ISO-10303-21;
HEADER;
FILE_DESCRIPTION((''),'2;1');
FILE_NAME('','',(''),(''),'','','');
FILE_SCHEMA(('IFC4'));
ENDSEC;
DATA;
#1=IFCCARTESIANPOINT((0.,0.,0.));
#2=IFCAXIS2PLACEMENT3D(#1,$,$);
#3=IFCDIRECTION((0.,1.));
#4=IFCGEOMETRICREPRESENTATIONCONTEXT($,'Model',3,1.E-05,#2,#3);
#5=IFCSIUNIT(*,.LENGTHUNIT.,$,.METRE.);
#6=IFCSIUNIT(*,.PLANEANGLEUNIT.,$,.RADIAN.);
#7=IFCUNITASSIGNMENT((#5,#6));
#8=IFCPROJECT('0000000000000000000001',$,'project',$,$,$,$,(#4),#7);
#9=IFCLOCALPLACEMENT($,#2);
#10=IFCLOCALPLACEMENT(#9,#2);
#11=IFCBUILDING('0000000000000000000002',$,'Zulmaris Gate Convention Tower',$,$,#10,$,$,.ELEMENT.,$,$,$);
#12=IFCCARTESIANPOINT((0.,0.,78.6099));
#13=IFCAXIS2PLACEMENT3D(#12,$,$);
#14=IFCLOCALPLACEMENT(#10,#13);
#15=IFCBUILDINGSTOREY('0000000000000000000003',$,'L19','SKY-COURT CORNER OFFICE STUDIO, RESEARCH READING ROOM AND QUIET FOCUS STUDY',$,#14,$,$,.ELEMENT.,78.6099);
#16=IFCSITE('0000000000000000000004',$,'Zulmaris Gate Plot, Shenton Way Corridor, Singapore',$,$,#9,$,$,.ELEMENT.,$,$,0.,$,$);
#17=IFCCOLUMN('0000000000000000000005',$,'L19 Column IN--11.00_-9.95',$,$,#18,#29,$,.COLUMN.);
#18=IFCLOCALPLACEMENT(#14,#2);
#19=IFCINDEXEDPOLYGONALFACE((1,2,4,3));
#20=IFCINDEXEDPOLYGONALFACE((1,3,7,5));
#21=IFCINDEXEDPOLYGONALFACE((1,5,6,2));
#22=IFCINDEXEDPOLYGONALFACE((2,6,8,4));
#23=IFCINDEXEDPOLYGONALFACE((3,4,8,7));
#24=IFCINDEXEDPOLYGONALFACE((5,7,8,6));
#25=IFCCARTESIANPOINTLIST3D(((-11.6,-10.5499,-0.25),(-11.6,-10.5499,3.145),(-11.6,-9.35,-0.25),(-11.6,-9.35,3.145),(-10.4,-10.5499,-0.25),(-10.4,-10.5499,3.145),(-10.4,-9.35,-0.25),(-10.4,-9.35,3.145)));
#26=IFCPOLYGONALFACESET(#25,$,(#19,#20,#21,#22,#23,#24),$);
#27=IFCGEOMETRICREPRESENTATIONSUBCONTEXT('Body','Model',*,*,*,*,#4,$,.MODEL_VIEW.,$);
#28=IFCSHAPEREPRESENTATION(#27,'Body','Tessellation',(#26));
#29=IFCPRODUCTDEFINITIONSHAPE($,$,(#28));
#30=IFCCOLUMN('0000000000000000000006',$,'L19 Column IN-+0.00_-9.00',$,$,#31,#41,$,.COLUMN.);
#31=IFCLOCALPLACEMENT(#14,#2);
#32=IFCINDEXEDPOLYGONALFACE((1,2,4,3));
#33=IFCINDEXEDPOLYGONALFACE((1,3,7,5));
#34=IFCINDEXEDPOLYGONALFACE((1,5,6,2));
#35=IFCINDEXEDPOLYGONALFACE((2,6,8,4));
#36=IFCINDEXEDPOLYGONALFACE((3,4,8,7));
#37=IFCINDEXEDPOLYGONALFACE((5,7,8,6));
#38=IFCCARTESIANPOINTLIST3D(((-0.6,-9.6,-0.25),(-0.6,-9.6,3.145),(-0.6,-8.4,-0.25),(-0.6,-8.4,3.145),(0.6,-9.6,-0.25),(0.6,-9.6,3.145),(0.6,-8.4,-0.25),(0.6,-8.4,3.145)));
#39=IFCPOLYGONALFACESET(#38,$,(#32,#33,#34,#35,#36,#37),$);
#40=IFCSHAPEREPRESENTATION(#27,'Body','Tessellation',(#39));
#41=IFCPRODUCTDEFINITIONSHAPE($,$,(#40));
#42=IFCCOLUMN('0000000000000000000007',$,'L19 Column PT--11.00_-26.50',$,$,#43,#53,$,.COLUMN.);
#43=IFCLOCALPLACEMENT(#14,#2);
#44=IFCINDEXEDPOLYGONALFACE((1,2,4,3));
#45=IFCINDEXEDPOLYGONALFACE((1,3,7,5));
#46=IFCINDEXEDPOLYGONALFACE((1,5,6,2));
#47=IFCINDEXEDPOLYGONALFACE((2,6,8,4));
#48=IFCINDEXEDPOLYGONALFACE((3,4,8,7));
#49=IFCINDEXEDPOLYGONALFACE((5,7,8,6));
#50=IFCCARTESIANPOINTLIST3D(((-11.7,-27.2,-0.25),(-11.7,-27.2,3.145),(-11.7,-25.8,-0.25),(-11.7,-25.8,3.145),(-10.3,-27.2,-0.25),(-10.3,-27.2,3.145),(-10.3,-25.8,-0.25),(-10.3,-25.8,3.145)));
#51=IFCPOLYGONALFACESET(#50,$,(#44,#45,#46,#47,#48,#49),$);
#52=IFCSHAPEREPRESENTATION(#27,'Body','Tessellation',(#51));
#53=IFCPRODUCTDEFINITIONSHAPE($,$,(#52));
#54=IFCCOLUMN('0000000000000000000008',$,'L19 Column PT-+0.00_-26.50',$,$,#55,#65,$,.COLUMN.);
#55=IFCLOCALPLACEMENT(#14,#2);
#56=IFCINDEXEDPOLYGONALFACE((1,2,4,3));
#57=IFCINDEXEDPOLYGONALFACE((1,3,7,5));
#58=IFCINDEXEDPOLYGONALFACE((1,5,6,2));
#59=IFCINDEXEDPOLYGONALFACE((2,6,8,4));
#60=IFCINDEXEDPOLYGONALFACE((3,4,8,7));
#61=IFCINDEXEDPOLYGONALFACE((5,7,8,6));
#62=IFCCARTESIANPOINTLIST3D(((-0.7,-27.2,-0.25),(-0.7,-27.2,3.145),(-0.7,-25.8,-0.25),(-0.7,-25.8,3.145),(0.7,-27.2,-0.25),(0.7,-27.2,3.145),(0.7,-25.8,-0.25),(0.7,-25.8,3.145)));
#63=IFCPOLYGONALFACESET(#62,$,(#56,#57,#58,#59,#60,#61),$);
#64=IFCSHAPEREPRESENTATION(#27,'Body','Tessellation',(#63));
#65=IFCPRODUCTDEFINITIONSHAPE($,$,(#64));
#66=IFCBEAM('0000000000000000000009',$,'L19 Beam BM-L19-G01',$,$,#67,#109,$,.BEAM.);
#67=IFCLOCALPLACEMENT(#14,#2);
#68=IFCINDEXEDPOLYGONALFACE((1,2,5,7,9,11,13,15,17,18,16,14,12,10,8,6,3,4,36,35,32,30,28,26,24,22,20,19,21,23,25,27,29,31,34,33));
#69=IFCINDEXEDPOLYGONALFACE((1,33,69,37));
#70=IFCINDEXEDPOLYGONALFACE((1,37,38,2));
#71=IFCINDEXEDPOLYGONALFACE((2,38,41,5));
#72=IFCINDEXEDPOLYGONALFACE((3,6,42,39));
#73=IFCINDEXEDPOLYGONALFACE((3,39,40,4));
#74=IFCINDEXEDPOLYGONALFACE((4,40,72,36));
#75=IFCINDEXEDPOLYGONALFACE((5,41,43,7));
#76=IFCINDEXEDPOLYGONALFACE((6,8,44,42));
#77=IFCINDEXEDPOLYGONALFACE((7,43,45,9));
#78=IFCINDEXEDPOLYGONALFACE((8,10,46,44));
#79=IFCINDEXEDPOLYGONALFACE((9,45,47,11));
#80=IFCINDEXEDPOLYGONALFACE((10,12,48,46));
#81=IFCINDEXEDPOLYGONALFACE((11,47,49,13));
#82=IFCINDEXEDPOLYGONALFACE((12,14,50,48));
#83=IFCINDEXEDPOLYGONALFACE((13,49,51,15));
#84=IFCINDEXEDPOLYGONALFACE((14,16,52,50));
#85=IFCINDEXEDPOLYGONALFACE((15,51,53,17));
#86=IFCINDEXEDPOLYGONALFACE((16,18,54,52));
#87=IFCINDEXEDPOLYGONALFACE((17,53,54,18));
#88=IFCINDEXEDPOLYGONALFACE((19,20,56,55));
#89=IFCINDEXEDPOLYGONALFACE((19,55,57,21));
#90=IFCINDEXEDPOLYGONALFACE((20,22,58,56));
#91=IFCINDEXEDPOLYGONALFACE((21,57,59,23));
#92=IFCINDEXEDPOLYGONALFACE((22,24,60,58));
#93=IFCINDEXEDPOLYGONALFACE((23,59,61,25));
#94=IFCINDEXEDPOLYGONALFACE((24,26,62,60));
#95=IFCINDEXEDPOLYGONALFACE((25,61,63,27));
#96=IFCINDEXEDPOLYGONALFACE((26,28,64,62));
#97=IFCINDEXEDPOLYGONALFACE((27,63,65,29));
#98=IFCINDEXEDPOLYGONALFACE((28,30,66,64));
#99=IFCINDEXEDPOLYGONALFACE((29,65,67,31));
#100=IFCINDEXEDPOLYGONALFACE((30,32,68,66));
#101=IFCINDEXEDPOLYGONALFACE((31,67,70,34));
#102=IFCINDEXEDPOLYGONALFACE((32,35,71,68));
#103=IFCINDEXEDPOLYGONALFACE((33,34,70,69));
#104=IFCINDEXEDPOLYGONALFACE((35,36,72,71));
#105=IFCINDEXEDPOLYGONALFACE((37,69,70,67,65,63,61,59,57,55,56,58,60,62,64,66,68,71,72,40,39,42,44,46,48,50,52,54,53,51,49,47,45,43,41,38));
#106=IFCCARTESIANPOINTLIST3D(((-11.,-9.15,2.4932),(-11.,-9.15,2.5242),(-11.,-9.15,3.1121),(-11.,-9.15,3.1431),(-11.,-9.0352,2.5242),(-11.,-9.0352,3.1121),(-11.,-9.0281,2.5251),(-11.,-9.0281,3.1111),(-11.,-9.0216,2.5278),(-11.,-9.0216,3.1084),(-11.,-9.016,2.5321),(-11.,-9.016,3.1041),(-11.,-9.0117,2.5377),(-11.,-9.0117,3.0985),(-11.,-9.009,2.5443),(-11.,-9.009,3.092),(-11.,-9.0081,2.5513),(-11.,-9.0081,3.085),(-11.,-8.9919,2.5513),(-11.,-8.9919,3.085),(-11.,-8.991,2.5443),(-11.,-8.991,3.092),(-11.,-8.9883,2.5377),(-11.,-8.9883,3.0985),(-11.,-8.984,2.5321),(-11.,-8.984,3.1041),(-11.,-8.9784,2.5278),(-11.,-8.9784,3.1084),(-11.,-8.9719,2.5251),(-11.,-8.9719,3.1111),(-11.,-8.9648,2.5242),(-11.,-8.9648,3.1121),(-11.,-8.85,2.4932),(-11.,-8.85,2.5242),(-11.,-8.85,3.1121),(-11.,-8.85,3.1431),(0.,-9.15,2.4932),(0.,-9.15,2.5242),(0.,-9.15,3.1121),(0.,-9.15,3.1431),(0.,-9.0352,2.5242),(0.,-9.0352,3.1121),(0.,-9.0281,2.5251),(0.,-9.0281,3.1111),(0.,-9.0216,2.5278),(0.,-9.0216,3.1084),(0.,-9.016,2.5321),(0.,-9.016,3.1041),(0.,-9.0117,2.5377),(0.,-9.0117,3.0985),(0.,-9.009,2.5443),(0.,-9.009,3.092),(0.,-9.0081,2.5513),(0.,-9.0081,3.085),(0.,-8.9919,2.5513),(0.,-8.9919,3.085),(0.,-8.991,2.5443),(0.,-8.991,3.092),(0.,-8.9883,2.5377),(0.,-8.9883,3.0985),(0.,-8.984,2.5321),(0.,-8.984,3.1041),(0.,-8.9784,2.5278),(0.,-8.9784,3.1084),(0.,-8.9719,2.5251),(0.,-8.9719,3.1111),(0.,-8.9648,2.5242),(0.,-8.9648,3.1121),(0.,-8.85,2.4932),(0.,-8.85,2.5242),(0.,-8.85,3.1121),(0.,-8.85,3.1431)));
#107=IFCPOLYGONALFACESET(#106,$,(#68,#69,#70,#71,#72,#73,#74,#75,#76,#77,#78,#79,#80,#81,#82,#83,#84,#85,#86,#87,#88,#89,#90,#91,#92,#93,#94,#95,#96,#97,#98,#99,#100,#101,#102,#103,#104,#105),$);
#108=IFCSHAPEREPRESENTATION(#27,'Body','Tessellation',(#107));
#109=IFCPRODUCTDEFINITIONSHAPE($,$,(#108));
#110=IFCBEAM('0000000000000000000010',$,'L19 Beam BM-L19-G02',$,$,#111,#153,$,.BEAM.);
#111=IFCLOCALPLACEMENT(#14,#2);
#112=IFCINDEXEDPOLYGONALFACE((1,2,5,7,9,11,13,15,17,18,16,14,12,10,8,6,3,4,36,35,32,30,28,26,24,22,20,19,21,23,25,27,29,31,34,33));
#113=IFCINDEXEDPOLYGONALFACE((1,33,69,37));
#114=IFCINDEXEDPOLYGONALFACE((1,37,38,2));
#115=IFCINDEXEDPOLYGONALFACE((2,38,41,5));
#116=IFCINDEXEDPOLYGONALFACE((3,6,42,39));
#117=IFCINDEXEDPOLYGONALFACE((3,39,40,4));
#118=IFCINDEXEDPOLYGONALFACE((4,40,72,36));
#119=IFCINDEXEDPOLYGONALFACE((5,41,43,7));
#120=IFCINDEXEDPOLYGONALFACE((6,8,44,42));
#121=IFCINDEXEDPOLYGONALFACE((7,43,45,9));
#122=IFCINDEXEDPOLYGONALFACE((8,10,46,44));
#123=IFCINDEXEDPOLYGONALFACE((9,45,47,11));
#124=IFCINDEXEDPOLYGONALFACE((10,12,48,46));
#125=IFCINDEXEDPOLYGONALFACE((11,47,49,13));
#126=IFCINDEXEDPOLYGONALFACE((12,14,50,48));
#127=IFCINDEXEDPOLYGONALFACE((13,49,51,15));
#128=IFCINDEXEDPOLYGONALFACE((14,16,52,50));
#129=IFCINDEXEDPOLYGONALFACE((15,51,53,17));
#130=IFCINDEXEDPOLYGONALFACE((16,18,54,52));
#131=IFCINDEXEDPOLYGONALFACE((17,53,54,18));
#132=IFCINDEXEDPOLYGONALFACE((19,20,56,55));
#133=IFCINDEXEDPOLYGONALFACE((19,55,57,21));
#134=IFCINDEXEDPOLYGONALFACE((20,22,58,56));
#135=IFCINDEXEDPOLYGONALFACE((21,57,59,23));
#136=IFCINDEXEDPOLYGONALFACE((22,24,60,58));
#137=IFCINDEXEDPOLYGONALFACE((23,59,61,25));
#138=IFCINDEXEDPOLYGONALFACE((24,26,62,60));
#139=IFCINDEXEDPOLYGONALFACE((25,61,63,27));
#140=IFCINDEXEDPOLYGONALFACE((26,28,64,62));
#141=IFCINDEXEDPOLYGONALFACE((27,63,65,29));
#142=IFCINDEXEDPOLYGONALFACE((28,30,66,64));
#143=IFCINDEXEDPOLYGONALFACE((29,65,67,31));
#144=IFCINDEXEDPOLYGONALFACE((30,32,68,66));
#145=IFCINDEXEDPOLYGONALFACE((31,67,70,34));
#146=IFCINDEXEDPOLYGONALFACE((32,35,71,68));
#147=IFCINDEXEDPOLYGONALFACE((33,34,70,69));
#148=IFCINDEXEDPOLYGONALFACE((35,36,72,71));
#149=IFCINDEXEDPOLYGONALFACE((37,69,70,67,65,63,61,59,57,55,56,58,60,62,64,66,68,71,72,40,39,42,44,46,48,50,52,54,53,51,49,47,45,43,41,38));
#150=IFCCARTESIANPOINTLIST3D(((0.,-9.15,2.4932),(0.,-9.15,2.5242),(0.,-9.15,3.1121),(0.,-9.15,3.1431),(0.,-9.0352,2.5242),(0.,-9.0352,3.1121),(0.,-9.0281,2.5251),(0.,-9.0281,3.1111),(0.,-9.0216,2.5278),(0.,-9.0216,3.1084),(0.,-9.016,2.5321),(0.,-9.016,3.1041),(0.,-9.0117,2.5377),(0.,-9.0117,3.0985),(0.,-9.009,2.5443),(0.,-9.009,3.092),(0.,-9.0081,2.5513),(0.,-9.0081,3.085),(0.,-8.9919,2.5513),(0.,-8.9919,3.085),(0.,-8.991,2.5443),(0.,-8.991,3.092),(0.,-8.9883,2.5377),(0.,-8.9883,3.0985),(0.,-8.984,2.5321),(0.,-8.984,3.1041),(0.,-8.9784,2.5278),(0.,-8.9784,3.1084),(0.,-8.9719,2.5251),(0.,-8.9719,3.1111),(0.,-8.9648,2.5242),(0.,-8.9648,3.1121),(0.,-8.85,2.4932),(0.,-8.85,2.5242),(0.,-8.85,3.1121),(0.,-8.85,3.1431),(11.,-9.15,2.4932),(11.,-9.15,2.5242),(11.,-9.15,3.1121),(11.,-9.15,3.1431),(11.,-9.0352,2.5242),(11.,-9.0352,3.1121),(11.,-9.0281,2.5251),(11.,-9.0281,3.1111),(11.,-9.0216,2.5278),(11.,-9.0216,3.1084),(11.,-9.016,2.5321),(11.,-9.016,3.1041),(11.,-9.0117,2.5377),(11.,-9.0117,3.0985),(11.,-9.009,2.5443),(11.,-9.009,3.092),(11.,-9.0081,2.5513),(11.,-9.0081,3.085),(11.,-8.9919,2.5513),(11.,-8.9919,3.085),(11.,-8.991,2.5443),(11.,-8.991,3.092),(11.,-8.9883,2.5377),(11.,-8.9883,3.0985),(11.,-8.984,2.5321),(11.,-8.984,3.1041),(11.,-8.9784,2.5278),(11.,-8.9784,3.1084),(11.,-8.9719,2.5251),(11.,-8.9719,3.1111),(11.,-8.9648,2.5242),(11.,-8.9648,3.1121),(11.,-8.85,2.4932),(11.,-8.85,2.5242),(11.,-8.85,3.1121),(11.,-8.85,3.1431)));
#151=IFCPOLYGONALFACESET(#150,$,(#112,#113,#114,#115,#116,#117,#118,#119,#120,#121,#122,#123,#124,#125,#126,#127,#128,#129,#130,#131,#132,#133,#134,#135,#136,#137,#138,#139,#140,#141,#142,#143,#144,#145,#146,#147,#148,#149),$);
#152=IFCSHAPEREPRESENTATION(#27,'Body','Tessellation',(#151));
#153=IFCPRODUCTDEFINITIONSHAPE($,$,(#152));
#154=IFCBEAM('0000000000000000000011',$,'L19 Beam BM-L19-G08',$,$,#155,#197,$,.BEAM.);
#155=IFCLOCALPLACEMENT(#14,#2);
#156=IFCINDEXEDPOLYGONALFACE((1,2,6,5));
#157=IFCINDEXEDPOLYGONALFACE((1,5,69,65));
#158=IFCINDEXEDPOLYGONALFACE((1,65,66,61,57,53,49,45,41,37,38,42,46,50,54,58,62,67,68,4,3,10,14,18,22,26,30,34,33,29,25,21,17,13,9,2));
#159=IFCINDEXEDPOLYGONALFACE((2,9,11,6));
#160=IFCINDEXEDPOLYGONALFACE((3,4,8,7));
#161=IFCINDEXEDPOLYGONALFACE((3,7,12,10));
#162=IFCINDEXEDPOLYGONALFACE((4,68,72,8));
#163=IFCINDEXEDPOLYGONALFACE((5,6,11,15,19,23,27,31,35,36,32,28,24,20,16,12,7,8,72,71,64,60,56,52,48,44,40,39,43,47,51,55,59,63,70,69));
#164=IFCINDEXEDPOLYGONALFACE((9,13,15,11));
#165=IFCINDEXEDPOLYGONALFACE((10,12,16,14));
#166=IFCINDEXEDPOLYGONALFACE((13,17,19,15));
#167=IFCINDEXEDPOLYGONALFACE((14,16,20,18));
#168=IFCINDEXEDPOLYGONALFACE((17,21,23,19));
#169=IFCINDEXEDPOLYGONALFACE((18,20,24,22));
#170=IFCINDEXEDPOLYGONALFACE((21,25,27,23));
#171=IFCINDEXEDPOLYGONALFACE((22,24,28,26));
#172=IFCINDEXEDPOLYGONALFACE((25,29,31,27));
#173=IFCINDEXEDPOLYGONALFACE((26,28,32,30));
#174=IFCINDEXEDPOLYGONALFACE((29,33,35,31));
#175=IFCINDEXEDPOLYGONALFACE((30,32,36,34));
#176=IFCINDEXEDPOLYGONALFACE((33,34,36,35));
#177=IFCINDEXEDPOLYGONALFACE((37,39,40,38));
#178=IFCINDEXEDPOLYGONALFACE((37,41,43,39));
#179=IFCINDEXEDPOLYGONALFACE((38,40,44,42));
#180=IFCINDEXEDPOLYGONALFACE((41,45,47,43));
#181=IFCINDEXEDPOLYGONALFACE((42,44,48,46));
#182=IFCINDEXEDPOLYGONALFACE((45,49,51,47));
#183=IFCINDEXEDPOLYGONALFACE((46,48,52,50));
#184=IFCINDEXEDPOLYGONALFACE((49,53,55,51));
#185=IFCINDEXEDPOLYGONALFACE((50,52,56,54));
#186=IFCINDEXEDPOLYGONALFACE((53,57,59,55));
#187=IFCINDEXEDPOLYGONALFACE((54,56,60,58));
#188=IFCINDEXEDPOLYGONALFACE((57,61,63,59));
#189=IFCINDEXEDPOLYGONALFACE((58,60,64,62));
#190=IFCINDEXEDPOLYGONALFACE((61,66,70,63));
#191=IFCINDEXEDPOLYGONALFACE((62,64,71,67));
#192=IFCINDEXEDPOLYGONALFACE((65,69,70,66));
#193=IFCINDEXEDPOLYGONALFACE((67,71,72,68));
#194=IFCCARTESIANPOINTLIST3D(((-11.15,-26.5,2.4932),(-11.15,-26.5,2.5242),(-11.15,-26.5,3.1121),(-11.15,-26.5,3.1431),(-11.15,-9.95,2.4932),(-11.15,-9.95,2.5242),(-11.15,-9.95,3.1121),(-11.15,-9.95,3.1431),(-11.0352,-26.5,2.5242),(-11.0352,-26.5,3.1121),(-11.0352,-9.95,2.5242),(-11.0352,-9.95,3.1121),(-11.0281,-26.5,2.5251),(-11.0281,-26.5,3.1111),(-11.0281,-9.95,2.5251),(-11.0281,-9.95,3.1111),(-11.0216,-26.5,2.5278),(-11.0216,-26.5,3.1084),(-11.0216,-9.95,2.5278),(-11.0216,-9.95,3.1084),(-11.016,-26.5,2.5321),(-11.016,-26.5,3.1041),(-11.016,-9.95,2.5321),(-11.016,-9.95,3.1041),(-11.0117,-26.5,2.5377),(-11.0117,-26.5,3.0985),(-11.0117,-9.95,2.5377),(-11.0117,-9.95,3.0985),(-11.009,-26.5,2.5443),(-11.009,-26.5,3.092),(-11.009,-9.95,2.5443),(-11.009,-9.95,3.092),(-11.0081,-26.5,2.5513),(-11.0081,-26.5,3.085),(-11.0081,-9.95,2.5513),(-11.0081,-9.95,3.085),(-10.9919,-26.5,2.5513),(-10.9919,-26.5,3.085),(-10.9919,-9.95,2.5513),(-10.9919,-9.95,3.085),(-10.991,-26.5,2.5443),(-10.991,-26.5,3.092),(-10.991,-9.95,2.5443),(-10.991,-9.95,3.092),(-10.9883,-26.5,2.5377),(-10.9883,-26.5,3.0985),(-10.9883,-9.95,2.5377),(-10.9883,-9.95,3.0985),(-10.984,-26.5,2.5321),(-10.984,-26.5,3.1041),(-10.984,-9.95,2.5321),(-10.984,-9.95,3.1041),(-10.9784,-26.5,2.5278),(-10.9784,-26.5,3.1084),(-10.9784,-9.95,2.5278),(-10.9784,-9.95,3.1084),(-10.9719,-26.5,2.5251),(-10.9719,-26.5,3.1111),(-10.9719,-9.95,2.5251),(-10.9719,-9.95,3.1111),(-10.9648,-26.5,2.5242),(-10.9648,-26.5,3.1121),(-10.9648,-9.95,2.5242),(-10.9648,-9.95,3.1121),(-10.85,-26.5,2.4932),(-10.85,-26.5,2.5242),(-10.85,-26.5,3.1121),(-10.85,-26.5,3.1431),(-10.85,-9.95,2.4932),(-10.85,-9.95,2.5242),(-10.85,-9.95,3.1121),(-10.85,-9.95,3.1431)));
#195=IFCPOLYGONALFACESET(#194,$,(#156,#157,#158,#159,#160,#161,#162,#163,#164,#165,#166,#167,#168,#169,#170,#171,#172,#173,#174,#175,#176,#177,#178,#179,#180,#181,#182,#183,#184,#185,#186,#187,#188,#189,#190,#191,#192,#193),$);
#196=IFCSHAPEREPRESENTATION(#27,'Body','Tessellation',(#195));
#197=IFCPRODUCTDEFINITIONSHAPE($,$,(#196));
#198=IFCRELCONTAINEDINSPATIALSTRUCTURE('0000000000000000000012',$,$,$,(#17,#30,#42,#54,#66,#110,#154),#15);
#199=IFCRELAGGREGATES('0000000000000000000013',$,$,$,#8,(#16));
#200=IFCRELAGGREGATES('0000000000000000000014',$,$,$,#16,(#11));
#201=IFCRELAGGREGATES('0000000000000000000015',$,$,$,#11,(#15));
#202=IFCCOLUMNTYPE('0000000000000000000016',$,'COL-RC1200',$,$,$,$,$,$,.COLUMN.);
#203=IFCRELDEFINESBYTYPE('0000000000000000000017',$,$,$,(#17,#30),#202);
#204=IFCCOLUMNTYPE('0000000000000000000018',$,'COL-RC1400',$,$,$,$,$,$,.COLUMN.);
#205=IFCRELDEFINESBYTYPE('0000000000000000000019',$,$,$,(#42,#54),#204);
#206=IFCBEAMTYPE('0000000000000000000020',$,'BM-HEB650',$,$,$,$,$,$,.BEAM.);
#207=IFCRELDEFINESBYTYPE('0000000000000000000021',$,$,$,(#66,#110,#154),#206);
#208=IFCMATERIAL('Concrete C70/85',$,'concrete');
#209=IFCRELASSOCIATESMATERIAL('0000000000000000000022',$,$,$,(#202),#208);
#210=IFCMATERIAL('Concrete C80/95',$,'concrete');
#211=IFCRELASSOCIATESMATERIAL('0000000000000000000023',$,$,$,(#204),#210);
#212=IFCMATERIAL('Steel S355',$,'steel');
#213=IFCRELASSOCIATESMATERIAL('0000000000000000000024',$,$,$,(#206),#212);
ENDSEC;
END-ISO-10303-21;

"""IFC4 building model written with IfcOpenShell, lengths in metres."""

from ifc_helpers import new_model, si_unit, direction, frame, origin, origin_2d, place, context, subcontext, project, spatial, rectangle, i_section, extrude, material, material_profile, profile_set, type_object, element, save


model = new_model("IFC4")

# Units and contexts
model_context = context("Model", 3, precision=1e-05, world=origin(), true_north=direction((0.0, 1.0)))
body_context = subcontext(model_context, "Body", "Model", "MODEL_VIEW")
ifc_project = project(units=[si_unit("LENGTHUNIT", "METRE"), si_unit("PLANEANGLEUNIT", "RADIAN")], contexts=[model_context])

# Site, building, storey
site_placement = place(None, origin())
site = spatial("IfcSite", under=ifc_project, at=site_placement, Name="Zulmaris Gate Plot, Shenton Way Corridor, Singapore", CompositionType="ELEMENT", RefElevation=0.0)
building_placement = place(site_placement, origin())
building = spatial("IfcBuilding", under=site, at=building_placement, Name="Zulmaris Gate Convention Tower", CompositionType="ELEMENT")
storey_placement = place(building_placement, frame((0.0, 0.0, 78.6099)))
storey = spatial("IfcBuildingStorey", under=building, at=storey_placement, Name="L19", Description="SKY-COURT CORNER OFFICE STUDIO, RESEARCH READING ROOM AND QUIET FOCUS STUDY", CompositionType="ELEMENT", Elevation=78.6099)

# Columns
ifc_material_1 = material(Name="Concrete C70/85", Category="concrete")
ifc_material_profile_1 = material_profile(ifc_material_1, rectangle(XDim=1.2, YDim=1.2, at=origin_2d()), Name="RC COL 1200x1200")
ifc_profile_set_1 = profile_set([ifc_material_profile_1], Name="Concrete C70/85")
column_type_1 = type_object("IfcColumnType", Name="COL-RC1200", PredefinedType="COLUMN", material=ifc_profile_set_1)
for number, where, z_axis, x_axis, name in (
    (1, (-11.0, -9.95, -0.25), (0.0, 0.0, 1.0), (1.0, 0.0, 0.0), "L19 Column IN--11.00_-9.95"),
    (2, (0.0, -9.0, -0.25), (0.0, 0.0, 1.0), (1.0, 0.0, 0.0), "L19 Column IN-+0.00_-9.00"),
):
    element("IfcColumn", number, at=place(storey_placement, frame(where, z_axis=z_axis, x_axis=x_axis)), inside=storey, type_object=column_type_1, Name=name, PredefinedType="COLUMN", context=body_context, shape_type="SweptSolid", body=[
        extrude(rectangle(XDim=1.2, YDim=1.2, at=origin_2d()), origin(), (0.0, 0.0, 1.0), 3.395),
    ])
ifc_material_2 = material(Name="Concrete C80/95", Category="concrete")
ifc_material_profile_2 = material_profile(ifc_material_2, rectangle(XDim=1.3999, YDim=1.3999, at=origin_2d()), Name="RC COL 1400x1400")
ifc_profile_set_2 = profile_set([ifc_material_profile_2], Name="Concrete C80/95")
column_type_2 = type_object("IfcColumnType", Name="COL-RC1400", PredefinedType="COLUMN", material=ifc_profile_set_2)
for number, where, z_axis, x_axis, name in (
    (3, (-11.0, -26.5, -0.25), (0.0, 0.0, 1.0), (1.0, 0.0, 0.0), "L19 Column PT--11.00_-26.50"),
    (4, (0.0, -26.5, -0.25), (0.0, 0.0, 1.0), (1.0, 0.0, 0.0), "L19 Column PT-+0.00_-26.50"),
):
    element("IfcColumn", number, at=place(storey_placement, frame(where, z_axis=z_axis, x_axis=x_axis)), inside=storey, type_object=column_type_2, Name=name, PredefinedType="COLUMN", context=body_context, shape_type="SweptSolid", body=[
        extrude(rectangle(XDim=1.3999, YDim=1.3999, at=origin_2d()), origin(), (0.0, 0.0, 1.0), 3.395),
    ])

# Beams
ifc_material_3 = material(Name="Steel S355", Category="steel")
ifc_material_profile_3 = material_profile(ifc_material_3, i_section(OverallWidth=0.3, OverallDepth=0.6499, WebThickness=0.0161, FlangeThickness=0.031, FilletRadius=0.0271, at=origin_2d()), Name="HEB 650")
ifc_profile_set_3 = profile_set([ifc_material_profile_3], Name="Steel S355")
beam_type_1 = type_object("IfcBeamType", Name="BM-HEB650", PredefinedType="BEAM", material=ifc_profile_set_3)
for number, where, z_axis, x_axis, name in (
    (5, (-11.0, -9.0, 2.8181), (1.0, 0.0, 0.0), (0.0, 1.0, 0.0), "L19 Beam BM-L19-G01"),
    (6, (0.0, -9.0, 2.8181), (1.0, 0.0, 0.0), (0.0, 1.0, 0.0), "L19 Beam BM-L19-G02"),
):
    element("IfcBeam", number, at=place(storey_placement, frame(where, z_axis=z_axis, x_axis=x_axis)), inside=storey, type_object=beam_type_1, Name=name, PredefinedType="BEAM", context=body_context, shape_type="SweptSolid", body=[
        extrude(i_section(OverallWidth=0.3, OverallDepth=0.6499, WebThickness=0.0161, FlangeThickness=0.031, FilletRadius=0.0271, at=origin_2d()), origin(), (0.0, 0.0, 1.0), 11.0),
    ])
beam_placement = place(storey_placement, frame((-11.0, -26.5, 2.8181), z_axis=(0.0, 1.0, 0.0), x_axis=(-1.0, 0.0, 0.0)))
element("IfcBeam", 7, at=beam_placement, inside=storey, type_object=beam_type_1, Name="L19 Beam BM-L19-G08", PredefinedType="BEAM", context=body_context, shape_type="SweptSolid", body=[
    extrude(i_section(OverallWidth=0.3, OverallDepth=0.6499, WebThickness=0.0161, FlangeThickness=0.031, FilletRadius=0.0271, at=origin_2d()), origin(), (0.0, 0.0, 1.0), 16.55),
])

save(model, "model.ifc")
